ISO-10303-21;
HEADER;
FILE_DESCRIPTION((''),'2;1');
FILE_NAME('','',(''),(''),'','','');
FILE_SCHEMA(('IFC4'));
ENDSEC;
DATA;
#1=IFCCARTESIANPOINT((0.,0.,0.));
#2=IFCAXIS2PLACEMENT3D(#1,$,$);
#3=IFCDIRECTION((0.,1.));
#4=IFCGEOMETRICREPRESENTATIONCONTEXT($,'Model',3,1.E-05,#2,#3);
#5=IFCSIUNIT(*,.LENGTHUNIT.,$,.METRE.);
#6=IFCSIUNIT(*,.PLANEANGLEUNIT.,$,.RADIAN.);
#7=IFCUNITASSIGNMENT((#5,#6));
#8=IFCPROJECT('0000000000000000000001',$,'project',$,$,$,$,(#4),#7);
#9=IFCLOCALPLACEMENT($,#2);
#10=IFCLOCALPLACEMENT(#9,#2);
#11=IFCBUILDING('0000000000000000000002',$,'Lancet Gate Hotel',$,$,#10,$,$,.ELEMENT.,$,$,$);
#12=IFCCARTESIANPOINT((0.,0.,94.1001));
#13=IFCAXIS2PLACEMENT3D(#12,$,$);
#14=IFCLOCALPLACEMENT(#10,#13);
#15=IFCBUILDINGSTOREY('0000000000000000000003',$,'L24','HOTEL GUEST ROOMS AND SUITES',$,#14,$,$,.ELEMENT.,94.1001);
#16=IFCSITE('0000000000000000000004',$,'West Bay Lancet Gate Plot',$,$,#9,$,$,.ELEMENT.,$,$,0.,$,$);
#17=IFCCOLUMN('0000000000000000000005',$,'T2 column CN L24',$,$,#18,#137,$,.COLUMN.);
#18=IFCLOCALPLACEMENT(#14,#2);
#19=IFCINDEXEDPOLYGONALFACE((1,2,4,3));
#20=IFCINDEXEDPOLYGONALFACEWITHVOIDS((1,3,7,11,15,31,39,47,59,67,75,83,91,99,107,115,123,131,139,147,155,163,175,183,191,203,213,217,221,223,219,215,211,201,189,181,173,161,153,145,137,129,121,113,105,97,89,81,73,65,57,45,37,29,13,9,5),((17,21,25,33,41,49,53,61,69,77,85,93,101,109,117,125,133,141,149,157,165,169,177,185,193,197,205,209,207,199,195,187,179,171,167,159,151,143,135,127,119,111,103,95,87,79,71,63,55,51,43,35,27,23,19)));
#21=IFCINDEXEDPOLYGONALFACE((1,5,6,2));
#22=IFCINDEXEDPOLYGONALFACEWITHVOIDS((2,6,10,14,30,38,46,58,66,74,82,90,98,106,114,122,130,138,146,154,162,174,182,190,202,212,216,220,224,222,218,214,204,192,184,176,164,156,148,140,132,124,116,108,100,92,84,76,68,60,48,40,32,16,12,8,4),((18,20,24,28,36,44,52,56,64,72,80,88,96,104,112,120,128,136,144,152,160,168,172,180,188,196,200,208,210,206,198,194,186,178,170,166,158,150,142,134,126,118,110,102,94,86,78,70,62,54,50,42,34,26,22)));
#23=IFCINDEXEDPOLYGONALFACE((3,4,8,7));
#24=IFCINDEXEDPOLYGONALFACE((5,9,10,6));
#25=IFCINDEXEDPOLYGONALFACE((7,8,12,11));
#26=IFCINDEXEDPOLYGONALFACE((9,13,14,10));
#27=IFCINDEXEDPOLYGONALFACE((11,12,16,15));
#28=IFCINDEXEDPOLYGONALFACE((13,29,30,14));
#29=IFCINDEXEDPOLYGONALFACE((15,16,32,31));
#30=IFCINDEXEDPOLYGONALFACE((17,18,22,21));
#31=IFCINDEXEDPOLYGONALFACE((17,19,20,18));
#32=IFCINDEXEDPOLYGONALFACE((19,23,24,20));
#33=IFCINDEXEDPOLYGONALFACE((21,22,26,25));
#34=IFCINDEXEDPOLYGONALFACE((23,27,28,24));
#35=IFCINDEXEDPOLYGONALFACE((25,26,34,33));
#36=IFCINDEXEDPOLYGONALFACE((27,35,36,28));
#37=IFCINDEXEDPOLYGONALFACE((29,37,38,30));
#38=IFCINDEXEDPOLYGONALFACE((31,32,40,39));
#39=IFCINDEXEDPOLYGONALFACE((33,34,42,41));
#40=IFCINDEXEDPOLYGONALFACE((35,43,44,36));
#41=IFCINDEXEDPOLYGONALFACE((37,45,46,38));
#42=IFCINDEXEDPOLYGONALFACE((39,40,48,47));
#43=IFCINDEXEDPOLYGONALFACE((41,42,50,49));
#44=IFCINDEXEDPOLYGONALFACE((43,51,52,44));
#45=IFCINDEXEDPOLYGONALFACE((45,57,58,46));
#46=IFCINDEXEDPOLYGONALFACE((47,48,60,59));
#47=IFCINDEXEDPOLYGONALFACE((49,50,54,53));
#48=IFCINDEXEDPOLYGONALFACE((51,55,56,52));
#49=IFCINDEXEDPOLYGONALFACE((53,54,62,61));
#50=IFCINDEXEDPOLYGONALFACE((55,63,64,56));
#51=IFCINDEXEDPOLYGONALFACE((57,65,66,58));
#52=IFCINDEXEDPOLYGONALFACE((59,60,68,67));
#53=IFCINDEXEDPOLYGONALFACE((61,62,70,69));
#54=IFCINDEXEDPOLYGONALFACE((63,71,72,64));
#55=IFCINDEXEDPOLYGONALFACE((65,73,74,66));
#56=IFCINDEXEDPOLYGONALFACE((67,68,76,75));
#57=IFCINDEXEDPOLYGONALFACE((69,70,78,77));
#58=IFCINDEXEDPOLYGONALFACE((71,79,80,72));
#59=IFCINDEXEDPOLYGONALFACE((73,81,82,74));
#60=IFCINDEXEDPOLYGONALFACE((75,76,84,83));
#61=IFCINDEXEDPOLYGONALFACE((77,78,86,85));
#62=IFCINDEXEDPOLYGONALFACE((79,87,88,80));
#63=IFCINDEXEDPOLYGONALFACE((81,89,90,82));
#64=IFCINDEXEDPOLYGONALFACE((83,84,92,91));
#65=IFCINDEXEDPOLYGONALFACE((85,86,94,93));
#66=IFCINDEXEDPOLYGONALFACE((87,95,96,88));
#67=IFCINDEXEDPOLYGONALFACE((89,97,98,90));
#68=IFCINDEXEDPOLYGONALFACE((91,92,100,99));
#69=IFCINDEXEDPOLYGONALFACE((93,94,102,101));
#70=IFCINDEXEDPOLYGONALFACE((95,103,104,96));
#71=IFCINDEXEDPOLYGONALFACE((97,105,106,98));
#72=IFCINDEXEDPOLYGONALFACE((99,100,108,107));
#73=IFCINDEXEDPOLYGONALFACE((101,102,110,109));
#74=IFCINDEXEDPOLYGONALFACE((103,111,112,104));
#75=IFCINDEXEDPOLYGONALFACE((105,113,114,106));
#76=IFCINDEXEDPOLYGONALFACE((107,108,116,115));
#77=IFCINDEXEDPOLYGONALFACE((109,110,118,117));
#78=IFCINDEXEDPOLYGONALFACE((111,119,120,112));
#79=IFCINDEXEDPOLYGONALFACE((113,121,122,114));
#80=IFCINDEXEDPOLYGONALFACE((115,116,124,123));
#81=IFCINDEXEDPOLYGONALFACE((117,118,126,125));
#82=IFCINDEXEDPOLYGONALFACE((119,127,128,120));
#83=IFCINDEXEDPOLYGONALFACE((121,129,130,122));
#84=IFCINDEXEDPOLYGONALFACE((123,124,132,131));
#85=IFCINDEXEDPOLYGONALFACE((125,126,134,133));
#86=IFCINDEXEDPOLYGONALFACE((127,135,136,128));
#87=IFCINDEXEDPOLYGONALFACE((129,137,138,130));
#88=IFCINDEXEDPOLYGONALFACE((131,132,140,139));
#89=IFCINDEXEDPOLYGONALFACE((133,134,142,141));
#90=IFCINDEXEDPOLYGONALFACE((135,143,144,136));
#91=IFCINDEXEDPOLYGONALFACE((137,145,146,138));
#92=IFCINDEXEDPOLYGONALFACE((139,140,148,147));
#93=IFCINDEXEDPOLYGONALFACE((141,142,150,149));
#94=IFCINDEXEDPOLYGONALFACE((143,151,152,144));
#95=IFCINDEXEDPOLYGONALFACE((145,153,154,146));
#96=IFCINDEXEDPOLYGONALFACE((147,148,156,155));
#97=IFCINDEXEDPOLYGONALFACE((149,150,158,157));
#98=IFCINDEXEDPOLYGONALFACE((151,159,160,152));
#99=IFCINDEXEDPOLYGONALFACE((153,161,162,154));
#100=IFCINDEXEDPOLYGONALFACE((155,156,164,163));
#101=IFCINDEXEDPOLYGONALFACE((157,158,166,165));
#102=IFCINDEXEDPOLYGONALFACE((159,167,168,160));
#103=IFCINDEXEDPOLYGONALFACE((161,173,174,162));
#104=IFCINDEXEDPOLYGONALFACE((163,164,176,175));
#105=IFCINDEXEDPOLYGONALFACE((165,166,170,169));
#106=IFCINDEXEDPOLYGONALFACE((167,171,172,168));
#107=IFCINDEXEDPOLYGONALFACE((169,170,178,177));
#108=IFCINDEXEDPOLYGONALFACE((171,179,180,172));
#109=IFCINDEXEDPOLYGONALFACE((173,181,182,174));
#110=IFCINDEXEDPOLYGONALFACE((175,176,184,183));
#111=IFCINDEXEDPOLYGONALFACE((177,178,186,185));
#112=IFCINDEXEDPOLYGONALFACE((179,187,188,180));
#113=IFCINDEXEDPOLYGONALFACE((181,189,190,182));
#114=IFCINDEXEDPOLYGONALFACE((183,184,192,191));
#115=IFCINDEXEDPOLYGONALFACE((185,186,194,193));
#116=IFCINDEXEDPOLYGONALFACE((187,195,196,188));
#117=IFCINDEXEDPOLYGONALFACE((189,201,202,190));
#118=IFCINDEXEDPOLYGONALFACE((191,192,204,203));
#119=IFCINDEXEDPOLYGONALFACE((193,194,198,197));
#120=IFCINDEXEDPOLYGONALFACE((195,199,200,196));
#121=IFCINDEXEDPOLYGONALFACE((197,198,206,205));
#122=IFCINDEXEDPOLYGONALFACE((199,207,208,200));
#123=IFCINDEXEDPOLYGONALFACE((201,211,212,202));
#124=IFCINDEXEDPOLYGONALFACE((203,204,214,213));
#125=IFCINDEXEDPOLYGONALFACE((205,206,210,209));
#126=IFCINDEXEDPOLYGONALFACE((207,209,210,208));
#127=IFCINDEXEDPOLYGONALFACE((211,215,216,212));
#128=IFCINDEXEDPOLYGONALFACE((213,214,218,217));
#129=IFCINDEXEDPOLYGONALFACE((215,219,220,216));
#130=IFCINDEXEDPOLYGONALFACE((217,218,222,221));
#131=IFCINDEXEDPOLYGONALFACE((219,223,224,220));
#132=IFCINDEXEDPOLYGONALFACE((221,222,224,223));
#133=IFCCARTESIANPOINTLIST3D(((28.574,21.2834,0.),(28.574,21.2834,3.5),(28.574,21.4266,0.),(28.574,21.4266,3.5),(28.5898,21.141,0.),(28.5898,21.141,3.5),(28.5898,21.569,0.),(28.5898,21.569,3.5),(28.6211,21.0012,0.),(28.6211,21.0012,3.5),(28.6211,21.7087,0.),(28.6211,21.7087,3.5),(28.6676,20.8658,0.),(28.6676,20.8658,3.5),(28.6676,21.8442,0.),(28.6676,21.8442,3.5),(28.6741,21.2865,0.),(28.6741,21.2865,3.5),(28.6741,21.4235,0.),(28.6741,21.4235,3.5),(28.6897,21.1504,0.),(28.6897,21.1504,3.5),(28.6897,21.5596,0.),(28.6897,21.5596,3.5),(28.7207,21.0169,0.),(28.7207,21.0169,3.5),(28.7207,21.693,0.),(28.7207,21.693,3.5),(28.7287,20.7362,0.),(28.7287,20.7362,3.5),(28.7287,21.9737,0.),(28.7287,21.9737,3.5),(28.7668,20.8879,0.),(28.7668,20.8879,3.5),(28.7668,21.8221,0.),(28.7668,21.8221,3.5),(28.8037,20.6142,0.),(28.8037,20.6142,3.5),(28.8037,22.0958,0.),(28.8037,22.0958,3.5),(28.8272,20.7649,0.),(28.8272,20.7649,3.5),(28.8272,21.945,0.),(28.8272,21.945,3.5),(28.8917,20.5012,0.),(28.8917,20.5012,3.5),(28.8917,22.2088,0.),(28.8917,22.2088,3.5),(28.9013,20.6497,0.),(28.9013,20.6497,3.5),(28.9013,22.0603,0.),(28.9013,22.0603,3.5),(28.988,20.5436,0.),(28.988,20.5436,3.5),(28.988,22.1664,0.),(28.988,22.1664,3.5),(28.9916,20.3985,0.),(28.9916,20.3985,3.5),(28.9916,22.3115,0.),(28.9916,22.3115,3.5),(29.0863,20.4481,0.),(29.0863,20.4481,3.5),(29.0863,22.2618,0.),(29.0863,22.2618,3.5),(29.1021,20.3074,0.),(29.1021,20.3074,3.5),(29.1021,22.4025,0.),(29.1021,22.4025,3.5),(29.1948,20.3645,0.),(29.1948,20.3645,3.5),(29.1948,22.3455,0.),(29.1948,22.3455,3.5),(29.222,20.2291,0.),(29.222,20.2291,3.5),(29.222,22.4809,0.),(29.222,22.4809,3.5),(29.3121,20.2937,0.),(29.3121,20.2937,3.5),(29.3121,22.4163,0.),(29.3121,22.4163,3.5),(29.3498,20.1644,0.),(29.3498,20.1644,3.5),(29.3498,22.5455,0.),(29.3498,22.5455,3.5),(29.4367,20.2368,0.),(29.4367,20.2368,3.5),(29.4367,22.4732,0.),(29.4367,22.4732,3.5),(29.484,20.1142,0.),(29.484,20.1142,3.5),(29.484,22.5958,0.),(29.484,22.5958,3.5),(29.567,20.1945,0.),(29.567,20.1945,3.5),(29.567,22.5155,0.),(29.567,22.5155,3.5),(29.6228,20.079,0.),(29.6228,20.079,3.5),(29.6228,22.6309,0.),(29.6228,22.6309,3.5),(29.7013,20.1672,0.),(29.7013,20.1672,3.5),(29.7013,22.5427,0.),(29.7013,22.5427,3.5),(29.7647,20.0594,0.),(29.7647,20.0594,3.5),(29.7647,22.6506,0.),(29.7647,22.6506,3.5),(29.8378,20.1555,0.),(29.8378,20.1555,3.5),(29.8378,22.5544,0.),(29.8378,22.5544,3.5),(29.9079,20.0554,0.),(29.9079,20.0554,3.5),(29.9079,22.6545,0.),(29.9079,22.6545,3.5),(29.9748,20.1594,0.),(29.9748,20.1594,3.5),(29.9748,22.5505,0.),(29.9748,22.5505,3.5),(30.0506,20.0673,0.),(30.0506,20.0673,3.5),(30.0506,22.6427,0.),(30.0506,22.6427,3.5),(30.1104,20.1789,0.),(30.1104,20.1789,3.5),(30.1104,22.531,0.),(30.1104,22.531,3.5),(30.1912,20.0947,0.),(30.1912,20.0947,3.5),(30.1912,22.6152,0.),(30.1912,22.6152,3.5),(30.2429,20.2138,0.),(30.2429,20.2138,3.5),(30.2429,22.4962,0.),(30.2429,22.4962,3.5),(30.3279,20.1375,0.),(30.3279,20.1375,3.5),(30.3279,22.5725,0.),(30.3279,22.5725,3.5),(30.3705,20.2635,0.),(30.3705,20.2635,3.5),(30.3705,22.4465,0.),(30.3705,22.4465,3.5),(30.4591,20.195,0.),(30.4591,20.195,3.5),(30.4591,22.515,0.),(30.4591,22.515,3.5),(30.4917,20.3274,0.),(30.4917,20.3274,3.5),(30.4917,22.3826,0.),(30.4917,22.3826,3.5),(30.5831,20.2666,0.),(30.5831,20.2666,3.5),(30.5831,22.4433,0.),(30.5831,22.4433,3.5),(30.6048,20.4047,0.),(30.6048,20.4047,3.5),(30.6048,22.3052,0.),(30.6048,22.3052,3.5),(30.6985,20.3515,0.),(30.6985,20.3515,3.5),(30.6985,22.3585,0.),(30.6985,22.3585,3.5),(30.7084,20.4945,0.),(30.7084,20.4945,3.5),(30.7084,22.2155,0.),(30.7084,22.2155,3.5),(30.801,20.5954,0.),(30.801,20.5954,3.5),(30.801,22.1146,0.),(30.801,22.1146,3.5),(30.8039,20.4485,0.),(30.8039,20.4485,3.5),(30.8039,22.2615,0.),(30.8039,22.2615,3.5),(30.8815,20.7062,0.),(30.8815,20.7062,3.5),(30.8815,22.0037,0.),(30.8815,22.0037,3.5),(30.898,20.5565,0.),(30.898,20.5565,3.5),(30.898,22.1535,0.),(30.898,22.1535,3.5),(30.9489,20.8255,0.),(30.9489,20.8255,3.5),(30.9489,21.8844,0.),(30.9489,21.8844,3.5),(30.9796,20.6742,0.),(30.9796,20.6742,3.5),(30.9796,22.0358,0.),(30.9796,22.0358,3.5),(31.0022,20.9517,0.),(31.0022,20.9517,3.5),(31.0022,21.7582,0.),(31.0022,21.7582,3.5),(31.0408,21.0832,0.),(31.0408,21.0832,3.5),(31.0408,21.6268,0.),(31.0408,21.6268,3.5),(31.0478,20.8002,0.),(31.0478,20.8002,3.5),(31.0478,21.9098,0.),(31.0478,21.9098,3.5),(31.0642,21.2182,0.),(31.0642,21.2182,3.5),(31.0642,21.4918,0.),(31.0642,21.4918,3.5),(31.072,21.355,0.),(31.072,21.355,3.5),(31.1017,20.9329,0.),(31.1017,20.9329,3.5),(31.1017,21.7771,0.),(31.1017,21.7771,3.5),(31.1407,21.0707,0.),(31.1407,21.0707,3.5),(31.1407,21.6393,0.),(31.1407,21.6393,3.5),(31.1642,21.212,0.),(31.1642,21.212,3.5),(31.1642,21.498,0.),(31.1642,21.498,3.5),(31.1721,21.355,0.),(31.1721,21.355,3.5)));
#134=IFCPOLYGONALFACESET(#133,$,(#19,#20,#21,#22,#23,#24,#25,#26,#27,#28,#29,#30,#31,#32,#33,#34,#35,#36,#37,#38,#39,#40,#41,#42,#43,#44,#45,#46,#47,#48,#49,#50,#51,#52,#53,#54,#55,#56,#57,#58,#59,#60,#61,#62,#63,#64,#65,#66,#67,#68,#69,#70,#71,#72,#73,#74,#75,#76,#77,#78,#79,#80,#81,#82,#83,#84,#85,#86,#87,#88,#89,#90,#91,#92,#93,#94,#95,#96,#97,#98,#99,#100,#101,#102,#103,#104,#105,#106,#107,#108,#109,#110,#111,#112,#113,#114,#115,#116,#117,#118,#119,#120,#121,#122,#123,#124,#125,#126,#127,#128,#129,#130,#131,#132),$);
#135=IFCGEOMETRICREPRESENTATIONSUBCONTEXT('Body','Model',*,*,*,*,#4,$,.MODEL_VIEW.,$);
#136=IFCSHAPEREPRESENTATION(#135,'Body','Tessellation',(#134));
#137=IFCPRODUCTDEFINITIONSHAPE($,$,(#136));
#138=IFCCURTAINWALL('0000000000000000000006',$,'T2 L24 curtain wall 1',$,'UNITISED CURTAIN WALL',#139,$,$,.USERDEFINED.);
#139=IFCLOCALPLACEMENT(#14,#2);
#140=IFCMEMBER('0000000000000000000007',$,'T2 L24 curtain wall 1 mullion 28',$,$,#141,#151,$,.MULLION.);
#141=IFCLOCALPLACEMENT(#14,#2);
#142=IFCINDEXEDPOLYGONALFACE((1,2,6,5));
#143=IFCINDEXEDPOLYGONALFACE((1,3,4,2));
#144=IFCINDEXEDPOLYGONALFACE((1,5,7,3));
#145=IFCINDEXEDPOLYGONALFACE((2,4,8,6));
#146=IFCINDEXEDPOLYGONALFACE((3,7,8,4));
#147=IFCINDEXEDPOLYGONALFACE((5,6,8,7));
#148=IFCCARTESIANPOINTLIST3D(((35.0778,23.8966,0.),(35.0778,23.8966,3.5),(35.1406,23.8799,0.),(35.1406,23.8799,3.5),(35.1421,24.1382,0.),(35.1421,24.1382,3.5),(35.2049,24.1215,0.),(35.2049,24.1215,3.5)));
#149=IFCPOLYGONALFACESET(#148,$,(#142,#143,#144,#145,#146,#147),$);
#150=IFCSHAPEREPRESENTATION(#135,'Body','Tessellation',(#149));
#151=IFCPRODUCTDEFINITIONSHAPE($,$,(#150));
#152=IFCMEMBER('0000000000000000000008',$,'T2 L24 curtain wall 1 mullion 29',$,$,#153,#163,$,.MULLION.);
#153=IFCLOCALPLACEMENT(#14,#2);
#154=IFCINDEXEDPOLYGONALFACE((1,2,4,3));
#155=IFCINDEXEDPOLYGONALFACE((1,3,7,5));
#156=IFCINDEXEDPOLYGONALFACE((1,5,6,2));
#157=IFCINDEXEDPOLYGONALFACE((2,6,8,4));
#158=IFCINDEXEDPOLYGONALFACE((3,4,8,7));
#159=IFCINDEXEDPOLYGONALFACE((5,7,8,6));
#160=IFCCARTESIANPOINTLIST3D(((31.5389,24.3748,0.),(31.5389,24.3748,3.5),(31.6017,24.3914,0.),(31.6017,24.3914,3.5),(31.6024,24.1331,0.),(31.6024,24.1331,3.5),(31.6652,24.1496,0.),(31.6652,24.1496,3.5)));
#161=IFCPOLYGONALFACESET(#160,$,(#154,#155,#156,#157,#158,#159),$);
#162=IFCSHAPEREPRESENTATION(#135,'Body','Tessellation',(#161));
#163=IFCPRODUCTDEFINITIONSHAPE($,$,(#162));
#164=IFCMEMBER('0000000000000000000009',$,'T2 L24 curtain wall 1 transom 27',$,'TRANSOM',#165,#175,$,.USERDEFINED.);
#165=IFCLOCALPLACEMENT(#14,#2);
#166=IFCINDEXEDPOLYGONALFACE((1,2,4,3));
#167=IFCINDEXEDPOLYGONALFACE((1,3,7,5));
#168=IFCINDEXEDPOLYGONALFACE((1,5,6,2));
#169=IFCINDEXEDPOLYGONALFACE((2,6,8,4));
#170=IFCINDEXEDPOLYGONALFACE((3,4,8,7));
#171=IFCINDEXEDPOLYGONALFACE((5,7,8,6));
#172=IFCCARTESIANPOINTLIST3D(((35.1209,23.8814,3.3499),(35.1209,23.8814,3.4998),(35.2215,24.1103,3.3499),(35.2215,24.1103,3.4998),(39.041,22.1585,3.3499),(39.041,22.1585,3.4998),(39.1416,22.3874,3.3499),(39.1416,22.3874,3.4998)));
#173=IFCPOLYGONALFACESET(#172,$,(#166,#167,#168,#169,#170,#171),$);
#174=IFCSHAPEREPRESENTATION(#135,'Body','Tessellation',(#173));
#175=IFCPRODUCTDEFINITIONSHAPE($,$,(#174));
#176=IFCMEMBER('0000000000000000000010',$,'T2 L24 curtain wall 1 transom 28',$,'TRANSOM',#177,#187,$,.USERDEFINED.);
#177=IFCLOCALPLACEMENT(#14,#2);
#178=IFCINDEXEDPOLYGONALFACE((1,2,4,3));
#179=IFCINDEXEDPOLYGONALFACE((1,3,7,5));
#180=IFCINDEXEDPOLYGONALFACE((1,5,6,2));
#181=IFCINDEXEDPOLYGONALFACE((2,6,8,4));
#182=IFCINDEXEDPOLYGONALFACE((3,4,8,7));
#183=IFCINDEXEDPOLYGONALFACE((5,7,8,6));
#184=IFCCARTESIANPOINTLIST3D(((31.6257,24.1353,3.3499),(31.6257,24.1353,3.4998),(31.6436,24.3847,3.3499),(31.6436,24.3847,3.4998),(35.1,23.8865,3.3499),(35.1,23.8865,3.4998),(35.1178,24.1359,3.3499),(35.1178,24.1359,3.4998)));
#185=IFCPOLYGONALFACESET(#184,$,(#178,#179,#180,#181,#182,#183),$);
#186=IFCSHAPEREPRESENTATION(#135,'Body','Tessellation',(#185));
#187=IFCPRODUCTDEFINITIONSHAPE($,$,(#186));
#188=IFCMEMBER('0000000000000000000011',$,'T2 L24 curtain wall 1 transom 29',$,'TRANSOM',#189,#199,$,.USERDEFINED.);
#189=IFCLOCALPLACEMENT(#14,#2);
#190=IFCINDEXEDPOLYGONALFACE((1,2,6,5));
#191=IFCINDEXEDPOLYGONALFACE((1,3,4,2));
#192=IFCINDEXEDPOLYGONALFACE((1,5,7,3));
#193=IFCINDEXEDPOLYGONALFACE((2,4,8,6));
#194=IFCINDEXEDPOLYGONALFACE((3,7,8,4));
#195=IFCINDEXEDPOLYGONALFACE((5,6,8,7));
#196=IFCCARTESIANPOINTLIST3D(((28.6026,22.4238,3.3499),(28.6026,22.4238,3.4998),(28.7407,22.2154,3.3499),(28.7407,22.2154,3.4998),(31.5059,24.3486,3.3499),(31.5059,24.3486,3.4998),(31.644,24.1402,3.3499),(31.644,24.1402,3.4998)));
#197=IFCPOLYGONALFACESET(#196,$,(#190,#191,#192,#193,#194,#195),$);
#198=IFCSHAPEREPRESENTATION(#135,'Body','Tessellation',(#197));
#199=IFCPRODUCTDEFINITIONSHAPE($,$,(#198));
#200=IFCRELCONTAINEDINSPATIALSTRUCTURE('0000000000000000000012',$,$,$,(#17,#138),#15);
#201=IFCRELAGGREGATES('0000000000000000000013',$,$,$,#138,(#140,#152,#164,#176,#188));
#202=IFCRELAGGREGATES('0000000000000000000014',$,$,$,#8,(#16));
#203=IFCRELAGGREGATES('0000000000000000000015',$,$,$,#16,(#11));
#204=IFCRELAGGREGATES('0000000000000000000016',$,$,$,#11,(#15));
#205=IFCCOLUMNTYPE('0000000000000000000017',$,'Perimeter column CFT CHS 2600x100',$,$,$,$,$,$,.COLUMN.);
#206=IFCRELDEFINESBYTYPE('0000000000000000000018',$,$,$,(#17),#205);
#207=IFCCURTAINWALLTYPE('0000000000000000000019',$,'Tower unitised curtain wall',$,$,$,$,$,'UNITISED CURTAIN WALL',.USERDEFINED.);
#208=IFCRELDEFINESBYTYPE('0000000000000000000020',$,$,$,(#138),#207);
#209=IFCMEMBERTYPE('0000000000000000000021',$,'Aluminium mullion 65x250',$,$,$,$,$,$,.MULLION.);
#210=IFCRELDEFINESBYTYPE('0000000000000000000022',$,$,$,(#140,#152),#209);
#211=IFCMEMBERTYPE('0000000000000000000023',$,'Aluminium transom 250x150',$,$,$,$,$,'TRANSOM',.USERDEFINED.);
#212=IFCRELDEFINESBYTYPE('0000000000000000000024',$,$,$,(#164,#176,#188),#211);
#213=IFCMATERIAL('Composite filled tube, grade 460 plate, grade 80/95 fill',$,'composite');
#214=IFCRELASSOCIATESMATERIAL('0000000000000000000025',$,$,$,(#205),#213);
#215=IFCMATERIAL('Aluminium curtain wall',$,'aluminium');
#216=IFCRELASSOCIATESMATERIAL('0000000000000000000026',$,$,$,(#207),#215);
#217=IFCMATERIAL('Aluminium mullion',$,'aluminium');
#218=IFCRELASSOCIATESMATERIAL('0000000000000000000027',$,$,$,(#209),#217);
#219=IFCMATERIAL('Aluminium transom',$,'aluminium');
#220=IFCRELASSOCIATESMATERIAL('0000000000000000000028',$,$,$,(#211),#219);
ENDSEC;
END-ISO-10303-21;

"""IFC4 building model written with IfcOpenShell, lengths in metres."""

from ifc_helpers import new_model, si_unit, direction, frame, origin, origin_2d, place, context, subcontext, project, spatial, rectangle, hollow_circle, extrude, material, material_profile, profile_set, type_object, element, aggregate, save


model = new_model("IFC4")

# Units and contexts
model_context = context("Model", 3, precision=1e-05, world=origin(), true_north=direction((0.0, 1.0)))
body_context = subcontext(model_context, "Body", "Model", "MODEL_VIEW")
ifc_project = project(units=[si_unit("LENGTHUNIT", "METRE"), si_unit("PLANEANGLEUNIT", "RADIAN")], contexts=[model_context])

# Site, building, storey
site_placement = place(None, origin())
site = spatial("IfcSite", under=ifc_project, at=site_placement, Name="West Bay Lancet Gate Plot", CompositionType="ELEMENT", RefElevation=0.0)
building_placement = place(site_placement, origin())
building = spatial("IfcBuilding", under=site, at=building_placement, Name="Lancet Gate Hotel", CompositionType="ELEMENT")
storey_placement = place(building_placement, frame((0.0, 0.0, 94.1001)))
storey = spatial("IfcBuildingStorey", under=building, at=storey_placement, Name="L24", Description="HOTEL GUEST ROOMS AND SUITES", CompositionType="ELEMENT", Elevation=94.1001)

# Column
ifc_material_1 = material(Name="Composite filled tube, grade 460 plate, grade 80/95 fill", Category="composite")
ifc_material_profile_1 = material_profile(ifc_material_1, hollow_circle(Radius=1.3, WallThickness=0.1001, at=origin_2d()), Name="CHS 2600x100")
ifc_profile_set_1 = profile_set([ifc_material_profile_1], Name="Composite filled tube, grade 460 plate, grade 80/95 fill")
column_type = type_object("IfcColumnType", Name="Perimeter column CFT CHS 2600x100", PredefinedType="COLUMN", material=ifc_profile_set_1)
column_placement = place(storey_placement, frame((29.8721, 21.355, 0.0), z_axis=(0.0, 0.0, 1.0), x_axis=(1.0, 0.0, 0.0)))
element("IfcColumn", 1, at=column_placement, inside=storey, type_object=column_type, Name="T2 column CN L24", PredefinedType="COLUMN", context=body_context, shape_type="SweptSolid", body=[
    extrude(hollow_circle(Radius=1.3, WallThickness=0.1001, at=origin_2d()), origin(), (0.0, 0.0, 1.0), 3.5),
])

# Curtain wall, members
ifc_material_2 = material(Name="Aluminium curtain wall", Category="aluminium")
curtain_wall_type = type_object("IfcCurtainWallType", Name="Tower unitised curtain wall", ElementType="UNITISED CURTAIN WALL", PredefinedType="USERDEFINED", material=ifc_material_2)
curtain_wall_placement = place(storey_placement, origin())
curtain_wall = element("IfcCurtainWall", 2, at=curtain_wall_placement, inside=storey, type_object=curtain_wall_type, Name="T2 L24 curtain wall 1", ObjectType="UNITISED CURTAIN WALL", PredefinedType="USERDEFINED")
ifc_material_3 = material(Name="Aluminium mullion", Category="aluminium")
ifc_material_profile_2 = material_profile(ifc_material_3, rectangle(XDim=0.0649, YDim=0.25, at=origin_2d()), Name="MULLION 65x250")
ifc_profile_set_2 = profile_set([ifc_material_profile_2], Name="Aluminium mullion")
member_type_1 = type_object("IfcMemberType", Name="Aluminium mullion 65x250", PredefinedType="MULLION", material=ifc_profile_set_2)
member_1_placement = place(storey_placement, frame((35.1414, 24.009, 0.0), z_axis=(0.0, 0.0, 1.0), x_axis=(-0.966317, 0.257353, 0.0)))
member_1 = element("IfcMember", 3, at=member_1_placement, type_object=member_type_1, Name="T2 L24 curtain wall 1 mullion 28", PredefinedType="MULLION", context=body_context, shape_type="SweptSolid", body=[
    extrude(rectangle(XDim=0.0649, YDim=0.25, at=origin_2d()), origin(), (0.0, 0.0, 1.0), 3.5),
])
member_2_placement = place(storey_placement, frame((31.6021, 24.2622, 0.0), z_axis=(0.0, 0.0, 1.0), x_axis=(-0.967157, -0.254179, 0.0)))
member_2 = element("IfcMember", 4, at=member_2_placement, type_object=member_type_1, Name="T2 L24 curtain wall 1 mullion 29", PredefinedType="MULLION", context=body_context, shape_type="SweptSolid", body=[
    extrude(rectangle(XDim=0.0649, YDim=0.25, at=origin_2d()), origin(), (0.0, 0.0, 1.0), 3.5),
])
ifc_material_4 = material(Name="Aluminium transom", Category="aluminium")
ifc_material_profile_3 = material_profile(ifc_material_4, rectangle(XDim=0.25, YDim=0.1499, at=origin_2d()), Name="TRANSOM 250x150")
ifc_profile_set_3 = profile_set([ifc_material_profile_3], Name="Aluminium transom")
member_type_2 = type_object("IfcMemberType", Name="Aluminium transom 250x150", ElementType="TRANSOM", PredefinedType="USERDEFINED", material=ifc_profile_set_3)
member_3_placement = place(storey_placement, frame((39.0913, 22.2729, 3.4248), z_axis=(-0.915485, 0.402353, 0.0), x_axis=(-0.402353, -0.915485, 0.0)))
member_3 = element("IfcMember", 5, at=member_3_placement, type_object=member_type_2, Name="T2 L24 curtain wall 1 transom 27", ObjectType="TRANSOM", PredefinedType="USERDEFINED", context=body_context, shape_type="SweptSolid", body=[
    extrude(rectangle(XDim=0.25, YDim=0.1499, at=origin_2d()), origin(), (0.0, 0.0, 1.0), 4.282),
])
member_4_placement = place(storey_placement, frame((35.1089, 24.0112, 3.4248), z_axis=(-0.997446, 0.071421, 0.0), x_axis=(-0.071421, -0.997446, 0.0)))
member_4 = element("IfcMember", 6, at=member_4_placement, type_object=member_type_2, Name="T2 L24 curtain wall 1 transom 28", ObjectType="TRANSOM", PredefinedType="USERDEFINED", context=body_context, shape_type="SweptSolid", body=[
    extrude(rectangle(XDim=0.25, YDim=0.1499, at=origin_2d()), origin(), (0.0, 0.0, 1.0), 3.4832),
])
member_5_placement = place(storey_placement, frame((31.575, 24.2444, 3.4248), z_axis=(-0.833471, -0.552563, 0.0), x_axis=(0.552563, -0.833471, 0.0)))
member_5 = element("IfcMember", 7, at=member_5_placement, type_object=member_type_2, Name="T2 L24 curtain wall 1 transom 29", ObjectType="TRANSOM", PredefinedType="USERDEFINED", context=body_context, shape_type="SweptSolid", body=[
    extrude(rectangle(XDim=0.25, YDim=0.1499, at=origin_2d()), origin(), (0.0, 0.0, 1.0), 3.4834),
])

aggregate(curtain_wall, [member_1, member_2, member_3, member_4, member_5])

save(model, "model.ifc")
